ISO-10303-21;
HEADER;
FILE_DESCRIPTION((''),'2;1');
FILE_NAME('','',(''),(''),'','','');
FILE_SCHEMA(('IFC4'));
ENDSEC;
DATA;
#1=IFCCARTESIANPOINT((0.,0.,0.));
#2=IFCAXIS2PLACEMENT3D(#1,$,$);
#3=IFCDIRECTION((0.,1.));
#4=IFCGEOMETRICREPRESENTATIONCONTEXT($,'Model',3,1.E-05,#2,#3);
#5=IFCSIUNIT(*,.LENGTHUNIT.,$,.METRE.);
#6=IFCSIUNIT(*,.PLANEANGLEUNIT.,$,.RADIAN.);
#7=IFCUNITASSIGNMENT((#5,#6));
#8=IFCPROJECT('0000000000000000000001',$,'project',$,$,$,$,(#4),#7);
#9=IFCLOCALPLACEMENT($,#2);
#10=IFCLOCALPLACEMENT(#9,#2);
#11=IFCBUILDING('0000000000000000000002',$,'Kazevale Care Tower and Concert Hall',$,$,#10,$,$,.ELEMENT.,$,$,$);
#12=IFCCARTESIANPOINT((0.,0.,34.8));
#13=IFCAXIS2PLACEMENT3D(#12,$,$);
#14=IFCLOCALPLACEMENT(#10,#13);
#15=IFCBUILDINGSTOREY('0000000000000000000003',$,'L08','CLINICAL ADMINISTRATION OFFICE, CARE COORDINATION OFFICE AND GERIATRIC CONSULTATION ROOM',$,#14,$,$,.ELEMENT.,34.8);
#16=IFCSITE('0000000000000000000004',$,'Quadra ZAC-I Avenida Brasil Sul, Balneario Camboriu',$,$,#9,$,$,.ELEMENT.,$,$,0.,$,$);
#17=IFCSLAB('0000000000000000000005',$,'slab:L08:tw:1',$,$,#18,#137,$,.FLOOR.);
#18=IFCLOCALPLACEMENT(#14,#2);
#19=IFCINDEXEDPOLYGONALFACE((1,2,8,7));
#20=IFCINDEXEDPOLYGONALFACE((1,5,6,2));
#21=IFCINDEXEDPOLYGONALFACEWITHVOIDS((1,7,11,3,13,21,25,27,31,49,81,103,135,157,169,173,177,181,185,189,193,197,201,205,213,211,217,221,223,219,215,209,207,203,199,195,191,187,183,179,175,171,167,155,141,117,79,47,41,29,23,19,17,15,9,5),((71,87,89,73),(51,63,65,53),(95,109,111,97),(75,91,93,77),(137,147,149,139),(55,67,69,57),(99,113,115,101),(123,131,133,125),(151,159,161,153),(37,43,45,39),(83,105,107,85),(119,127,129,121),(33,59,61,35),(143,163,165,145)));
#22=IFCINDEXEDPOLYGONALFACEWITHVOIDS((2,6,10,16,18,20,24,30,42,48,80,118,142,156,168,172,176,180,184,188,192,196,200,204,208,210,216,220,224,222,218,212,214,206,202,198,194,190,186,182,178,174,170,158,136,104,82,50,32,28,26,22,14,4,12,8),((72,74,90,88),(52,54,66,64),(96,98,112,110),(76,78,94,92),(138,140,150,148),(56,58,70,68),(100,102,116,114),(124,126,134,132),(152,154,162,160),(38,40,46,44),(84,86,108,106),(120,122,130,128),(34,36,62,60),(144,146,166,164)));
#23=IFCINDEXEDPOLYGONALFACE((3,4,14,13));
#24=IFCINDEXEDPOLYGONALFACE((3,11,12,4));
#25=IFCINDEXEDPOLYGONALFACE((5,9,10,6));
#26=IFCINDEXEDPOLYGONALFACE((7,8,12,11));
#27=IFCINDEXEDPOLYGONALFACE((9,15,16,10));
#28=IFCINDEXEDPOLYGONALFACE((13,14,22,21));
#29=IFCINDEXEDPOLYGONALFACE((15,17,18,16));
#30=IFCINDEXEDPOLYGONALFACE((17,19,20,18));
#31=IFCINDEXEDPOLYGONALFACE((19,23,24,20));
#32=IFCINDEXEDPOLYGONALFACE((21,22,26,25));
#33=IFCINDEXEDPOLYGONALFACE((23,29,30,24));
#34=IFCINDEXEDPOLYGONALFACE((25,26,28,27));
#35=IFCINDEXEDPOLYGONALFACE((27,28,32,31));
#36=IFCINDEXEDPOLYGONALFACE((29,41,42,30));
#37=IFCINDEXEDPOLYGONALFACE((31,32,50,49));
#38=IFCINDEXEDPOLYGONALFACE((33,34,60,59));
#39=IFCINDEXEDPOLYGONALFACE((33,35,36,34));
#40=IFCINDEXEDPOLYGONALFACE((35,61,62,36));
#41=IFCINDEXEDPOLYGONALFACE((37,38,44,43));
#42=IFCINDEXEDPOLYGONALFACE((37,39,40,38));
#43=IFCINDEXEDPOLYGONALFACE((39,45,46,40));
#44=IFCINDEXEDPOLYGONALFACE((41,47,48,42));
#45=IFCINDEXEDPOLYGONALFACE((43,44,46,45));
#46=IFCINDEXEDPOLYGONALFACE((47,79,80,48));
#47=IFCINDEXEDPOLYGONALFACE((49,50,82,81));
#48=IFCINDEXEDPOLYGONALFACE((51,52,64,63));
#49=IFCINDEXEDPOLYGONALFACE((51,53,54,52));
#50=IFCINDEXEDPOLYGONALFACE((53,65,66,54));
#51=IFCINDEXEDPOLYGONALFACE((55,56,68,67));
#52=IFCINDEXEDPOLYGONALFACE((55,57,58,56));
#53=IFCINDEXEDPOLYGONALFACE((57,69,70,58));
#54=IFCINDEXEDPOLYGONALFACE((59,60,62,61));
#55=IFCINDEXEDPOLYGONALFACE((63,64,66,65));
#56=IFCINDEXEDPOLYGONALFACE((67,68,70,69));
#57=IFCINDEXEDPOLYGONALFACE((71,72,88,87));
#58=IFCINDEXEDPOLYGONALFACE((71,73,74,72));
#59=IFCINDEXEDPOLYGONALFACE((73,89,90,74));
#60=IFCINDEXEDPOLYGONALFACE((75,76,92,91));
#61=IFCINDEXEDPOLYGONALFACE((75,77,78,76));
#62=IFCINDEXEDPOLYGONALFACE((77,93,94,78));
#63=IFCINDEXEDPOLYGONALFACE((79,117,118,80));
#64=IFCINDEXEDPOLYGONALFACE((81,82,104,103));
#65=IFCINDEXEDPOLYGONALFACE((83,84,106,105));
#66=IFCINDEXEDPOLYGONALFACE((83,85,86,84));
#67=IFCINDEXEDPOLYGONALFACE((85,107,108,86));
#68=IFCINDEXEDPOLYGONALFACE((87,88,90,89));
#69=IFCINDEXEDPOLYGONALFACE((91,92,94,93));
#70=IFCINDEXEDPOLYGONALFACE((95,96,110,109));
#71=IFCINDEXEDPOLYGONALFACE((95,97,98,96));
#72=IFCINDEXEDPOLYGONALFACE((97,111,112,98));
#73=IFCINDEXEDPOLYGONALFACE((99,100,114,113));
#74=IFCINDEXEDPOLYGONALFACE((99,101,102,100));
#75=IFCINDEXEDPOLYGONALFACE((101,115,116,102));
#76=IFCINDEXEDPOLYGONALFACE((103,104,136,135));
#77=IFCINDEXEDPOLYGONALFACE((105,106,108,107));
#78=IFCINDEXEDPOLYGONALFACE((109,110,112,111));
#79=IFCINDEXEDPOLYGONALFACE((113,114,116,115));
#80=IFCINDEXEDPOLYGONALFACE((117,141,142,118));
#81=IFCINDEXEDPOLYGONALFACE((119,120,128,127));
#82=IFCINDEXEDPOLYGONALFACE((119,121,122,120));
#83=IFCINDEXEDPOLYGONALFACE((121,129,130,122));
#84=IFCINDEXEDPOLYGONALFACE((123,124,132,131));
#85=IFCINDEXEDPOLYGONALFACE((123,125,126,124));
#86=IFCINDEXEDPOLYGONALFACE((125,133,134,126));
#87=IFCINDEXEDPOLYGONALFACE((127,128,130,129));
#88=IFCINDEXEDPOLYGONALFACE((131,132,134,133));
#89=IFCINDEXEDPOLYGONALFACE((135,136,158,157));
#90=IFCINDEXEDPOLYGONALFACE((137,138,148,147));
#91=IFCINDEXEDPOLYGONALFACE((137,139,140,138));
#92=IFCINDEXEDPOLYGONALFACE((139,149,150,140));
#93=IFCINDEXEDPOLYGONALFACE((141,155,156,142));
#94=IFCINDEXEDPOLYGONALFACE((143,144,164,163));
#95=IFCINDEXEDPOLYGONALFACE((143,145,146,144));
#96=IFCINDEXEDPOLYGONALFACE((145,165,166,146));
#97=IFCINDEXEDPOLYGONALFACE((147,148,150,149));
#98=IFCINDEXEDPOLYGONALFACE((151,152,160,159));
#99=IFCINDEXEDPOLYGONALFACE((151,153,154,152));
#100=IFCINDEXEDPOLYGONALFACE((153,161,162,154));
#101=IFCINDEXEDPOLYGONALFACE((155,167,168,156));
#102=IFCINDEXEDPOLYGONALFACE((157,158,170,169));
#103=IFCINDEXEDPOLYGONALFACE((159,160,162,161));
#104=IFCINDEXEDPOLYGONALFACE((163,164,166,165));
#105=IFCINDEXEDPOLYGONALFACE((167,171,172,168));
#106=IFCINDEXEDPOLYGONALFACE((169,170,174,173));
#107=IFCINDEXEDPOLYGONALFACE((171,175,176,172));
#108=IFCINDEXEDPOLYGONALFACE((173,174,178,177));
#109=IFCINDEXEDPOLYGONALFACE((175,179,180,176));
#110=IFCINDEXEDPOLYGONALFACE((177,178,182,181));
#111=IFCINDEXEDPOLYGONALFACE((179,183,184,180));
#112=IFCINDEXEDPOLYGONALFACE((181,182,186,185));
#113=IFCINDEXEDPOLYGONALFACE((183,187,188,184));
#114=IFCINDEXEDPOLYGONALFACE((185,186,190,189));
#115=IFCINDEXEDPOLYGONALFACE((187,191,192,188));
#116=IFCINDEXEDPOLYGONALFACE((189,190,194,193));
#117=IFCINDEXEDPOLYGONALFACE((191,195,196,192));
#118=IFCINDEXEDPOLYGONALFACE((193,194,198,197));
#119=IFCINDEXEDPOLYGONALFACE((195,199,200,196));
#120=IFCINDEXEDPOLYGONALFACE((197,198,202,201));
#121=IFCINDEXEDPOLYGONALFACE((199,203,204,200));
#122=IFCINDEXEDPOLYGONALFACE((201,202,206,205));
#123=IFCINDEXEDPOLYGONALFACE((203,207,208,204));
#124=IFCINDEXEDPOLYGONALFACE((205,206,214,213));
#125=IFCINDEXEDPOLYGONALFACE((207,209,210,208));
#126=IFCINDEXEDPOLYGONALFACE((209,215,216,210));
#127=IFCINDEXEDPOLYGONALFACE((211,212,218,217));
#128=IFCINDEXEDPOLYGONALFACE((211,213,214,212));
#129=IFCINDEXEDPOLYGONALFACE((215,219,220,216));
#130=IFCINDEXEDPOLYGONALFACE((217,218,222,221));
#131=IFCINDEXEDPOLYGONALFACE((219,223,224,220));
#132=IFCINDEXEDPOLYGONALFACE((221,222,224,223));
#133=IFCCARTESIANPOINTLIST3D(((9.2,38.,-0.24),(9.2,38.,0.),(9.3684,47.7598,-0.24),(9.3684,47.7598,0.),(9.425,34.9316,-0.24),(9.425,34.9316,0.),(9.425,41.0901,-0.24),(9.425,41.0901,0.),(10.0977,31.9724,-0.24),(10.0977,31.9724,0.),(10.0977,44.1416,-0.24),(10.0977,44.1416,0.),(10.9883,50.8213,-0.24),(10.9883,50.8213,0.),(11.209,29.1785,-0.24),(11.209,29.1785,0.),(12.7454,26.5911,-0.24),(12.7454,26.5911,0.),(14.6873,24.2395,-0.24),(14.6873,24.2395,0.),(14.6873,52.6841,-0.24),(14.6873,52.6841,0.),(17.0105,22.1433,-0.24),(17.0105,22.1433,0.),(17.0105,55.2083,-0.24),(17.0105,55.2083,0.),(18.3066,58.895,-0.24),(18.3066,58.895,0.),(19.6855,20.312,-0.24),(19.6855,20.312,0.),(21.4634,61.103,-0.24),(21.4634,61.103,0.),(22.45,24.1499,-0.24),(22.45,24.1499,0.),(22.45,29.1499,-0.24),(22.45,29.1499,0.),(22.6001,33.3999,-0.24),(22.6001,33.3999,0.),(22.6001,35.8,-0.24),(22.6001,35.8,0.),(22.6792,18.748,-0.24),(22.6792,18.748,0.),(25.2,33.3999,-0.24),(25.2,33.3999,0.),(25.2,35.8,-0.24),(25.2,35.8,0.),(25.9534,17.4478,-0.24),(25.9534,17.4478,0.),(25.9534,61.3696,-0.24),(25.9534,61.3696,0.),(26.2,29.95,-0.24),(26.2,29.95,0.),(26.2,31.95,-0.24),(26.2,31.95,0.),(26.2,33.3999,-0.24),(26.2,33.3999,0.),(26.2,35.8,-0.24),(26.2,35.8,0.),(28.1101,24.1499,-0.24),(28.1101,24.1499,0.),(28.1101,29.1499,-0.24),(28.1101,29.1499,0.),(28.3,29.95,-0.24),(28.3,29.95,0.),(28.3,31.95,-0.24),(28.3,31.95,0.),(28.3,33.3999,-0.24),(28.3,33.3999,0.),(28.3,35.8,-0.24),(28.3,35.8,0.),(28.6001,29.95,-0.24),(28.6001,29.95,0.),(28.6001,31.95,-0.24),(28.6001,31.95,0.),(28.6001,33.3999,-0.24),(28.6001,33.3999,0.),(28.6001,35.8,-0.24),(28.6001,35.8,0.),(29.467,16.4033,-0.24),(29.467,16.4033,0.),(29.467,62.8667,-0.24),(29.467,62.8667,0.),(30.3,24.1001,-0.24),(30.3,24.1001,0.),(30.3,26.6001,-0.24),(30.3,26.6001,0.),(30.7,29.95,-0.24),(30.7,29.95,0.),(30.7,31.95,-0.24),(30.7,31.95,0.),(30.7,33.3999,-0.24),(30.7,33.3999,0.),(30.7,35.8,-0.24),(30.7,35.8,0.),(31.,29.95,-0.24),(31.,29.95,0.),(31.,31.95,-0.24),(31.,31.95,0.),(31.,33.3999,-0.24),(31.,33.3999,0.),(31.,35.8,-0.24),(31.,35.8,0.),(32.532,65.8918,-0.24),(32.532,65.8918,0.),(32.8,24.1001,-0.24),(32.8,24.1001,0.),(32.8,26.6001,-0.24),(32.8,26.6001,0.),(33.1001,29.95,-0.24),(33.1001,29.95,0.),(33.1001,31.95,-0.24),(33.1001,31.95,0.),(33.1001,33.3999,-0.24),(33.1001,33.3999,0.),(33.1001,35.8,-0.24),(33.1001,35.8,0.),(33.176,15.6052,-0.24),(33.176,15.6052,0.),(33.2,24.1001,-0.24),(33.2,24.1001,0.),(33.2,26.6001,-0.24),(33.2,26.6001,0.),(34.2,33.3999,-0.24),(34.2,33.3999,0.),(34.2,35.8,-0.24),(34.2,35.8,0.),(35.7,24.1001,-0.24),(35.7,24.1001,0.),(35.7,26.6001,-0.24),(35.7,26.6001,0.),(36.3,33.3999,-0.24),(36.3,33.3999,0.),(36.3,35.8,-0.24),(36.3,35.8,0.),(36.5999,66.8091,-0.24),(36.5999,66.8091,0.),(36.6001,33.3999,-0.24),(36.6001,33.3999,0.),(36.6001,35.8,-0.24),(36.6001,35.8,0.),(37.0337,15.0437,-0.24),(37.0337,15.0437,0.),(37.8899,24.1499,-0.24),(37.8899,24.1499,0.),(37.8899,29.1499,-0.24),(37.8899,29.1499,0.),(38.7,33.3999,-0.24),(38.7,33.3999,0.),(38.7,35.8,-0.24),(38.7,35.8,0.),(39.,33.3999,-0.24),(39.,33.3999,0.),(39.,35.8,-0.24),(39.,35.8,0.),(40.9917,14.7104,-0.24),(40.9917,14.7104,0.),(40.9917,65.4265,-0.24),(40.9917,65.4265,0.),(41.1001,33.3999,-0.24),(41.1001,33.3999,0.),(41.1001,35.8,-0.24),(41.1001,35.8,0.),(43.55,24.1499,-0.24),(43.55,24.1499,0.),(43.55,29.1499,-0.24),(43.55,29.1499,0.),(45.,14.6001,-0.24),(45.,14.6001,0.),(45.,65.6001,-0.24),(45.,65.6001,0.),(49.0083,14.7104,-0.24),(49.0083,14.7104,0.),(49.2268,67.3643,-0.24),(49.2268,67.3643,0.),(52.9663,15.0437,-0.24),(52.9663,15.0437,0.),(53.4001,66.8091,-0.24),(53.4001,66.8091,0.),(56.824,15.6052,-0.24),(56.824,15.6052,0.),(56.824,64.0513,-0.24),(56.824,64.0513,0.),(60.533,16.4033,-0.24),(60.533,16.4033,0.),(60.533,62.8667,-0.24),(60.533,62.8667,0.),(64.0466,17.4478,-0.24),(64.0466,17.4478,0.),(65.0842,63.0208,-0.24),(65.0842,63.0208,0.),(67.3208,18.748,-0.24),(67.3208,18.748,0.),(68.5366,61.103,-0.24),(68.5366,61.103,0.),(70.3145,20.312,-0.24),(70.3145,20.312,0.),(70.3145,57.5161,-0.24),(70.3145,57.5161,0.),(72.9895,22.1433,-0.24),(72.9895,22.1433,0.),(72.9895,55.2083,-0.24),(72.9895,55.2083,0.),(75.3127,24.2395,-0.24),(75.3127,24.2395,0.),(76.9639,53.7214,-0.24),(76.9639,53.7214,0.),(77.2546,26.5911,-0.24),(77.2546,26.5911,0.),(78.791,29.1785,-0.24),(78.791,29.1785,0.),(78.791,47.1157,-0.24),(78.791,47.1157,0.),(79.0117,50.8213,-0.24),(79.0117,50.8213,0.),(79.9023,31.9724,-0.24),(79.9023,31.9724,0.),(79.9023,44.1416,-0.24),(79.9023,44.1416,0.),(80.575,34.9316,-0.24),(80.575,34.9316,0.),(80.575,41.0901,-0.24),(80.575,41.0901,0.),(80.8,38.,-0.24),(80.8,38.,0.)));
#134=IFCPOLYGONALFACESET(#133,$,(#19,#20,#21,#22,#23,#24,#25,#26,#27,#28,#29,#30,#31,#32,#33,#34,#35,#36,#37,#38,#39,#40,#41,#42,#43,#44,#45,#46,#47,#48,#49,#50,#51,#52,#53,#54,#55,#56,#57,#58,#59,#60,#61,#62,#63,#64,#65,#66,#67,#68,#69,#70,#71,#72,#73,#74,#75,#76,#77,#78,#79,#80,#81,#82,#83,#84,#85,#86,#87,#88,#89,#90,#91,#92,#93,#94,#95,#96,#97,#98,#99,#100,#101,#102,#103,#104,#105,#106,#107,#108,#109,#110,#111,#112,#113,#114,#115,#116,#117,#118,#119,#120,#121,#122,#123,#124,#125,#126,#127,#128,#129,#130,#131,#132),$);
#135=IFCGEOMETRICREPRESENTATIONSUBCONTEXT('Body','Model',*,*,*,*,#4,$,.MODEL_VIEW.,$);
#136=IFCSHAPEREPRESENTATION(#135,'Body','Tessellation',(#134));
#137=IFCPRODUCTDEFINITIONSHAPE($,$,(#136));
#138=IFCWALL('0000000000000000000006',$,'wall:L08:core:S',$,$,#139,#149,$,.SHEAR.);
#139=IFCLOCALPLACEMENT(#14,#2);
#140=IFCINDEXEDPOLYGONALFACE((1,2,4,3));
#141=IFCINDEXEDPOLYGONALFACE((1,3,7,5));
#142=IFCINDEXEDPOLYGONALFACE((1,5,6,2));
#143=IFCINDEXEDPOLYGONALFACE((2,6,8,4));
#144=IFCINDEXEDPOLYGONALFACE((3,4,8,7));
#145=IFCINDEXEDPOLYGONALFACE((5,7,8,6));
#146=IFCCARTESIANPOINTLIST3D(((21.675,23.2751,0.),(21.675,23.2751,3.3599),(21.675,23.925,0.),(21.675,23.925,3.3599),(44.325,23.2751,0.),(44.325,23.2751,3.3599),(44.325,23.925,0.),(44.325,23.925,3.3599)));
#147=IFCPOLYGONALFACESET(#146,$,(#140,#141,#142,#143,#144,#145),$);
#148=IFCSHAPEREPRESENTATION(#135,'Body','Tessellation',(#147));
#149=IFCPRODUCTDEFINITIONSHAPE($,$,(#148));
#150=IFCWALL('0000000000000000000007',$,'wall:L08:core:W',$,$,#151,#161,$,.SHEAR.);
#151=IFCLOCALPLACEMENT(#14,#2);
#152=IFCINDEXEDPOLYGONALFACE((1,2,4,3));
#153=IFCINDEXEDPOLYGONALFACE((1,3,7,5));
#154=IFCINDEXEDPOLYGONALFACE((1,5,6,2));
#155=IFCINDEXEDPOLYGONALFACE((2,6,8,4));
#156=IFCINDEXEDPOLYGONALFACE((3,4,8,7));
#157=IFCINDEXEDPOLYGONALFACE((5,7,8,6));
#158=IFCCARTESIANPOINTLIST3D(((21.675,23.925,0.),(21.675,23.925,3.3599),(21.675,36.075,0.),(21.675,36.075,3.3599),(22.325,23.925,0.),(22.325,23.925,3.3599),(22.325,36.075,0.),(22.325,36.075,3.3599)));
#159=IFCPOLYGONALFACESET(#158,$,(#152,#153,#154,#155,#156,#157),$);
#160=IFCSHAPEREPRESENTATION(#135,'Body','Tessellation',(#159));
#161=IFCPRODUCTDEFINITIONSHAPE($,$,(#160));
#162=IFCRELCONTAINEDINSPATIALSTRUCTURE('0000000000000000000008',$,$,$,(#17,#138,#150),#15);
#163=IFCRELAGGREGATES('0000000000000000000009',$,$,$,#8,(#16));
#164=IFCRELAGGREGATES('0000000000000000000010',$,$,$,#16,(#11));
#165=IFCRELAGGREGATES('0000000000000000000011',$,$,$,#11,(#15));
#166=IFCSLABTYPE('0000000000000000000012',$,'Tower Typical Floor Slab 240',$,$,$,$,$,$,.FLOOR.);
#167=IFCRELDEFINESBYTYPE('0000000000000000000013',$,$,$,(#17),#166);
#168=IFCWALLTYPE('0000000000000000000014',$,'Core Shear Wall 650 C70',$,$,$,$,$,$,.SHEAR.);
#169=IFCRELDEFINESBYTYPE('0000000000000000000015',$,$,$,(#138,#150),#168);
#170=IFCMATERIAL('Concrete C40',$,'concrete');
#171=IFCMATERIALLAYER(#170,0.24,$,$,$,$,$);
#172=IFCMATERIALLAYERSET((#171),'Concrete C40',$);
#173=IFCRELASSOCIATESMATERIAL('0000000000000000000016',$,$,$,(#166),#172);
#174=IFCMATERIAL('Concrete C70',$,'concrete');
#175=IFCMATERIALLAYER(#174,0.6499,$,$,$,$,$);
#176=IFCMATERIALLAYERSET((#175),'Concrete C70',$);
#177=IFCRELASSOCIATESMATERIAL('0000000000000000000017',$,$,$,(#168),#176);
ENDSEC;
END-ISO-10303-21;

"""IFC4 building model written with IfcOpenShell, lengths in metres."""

from ifc_helpers import new_model, si_unit, direction, frame, frame_2d, origin, place, context, subcontext, project, spatial, polyline, rectangle, outline, extrude, material, layer, layer_set, type_object, element, save


model = new_model("IFC4")

# Units and contexts
model_context = context("Model", 3, precision=1e-05, world=origin(), true_north=direction((0.0, 1.0)))
body_context = subcontext(model_context, "Body", "Model", "MODEL_VIEW")
ifc_project = project(units=[si_unit("LENGTHUNIT", "METRE"), si_unit("PLANEANGLEUNIT", "RADIAN")], contexts=[model_context])

# Site, building, storey
site_placement = place(None, origin())
site = spatial("IfcSite", under=ifc_project, at=site_placement, Name="Quadra ZAC-I Avenida Brasil Sul, Balneario Camboriu", CompositionType="ELEMENT", RefElevation=0.0)
building_placement = place(site_placement, origin())
building = spatial("IfcBuilding", under=site, at=building_placement, Name="Kazevale Care Tower and Concert Hall", CompositionType="ELEMENT")
storey_placement = place(building_placement, frame((0.0, 0.0, 34.8)))
storey = spatial("IfcBuildingStorey", under=building, at=storey_placement, Name="L08", Description="CLINICAL ADMINISTRATION OFFICE, CARE COORDINATION OFFICE AND GERIATRIC CONSULTATION ROOM", CompositionType="ELEMENT", Elevation=34.8)

# Shared definitions
ifc_material_1 = material(Name="Concrete C70", Category="concrete")

# Shared definitions
ifc_material_2 = material(Name="Concrete C40", Category="concrete")

# Slab
ifc_layer_1 = layer(ifc_material_2, 0.24)
ifc_layer_set_1 = layer_set([ifc_layer_1], Name="Concrete C40")
slab_type_1 = type_object("IfcSlabType", Name="Tower Typical Floor Slab 240", PredefinedType="FLOOR", material=ifc_layer_set_1)
slab_1_placement = place(storey_placement, frame((0.0, 0.0, -0.24)))
element("IfcSlab", 1, at=slab_1_placement, inside=storey, type_object=slab_type_1, Name="slab:L08:tw:1", PredefinedType="FLOOR", context=body_context, shape_type="SweptSolid", body=[
    extrude(outline(polyline([(80.8, 38.0), (80.575, 41.0901), (79.9023, 44.1416), (78.791, 47.1157), (79.0117, 50.8213), (76.9639, 53.7214), (72.9895, 55.2083), (70.3145, 57.5161), (68.5366, 61.103), (65.0842, 63.0208), (60.533, 62.8667), (56.824, 64.0513), (53.4001, 66.8091), (49.2268, 67.3643), (45.0, 65.6001), (40.9917, 65.4265), (36.5999, 66.8091), (32.532, 65.8918), (29.467, 62.8667), (25.9534, 61.3696), (21.4634, 61.103), (18.3066, 58.895), (17.0105, 55.2083), (14.6873, 52.6841), (10.9883, 50.8213), (9.3684, 47.7598), (10.0977, 44.1416), (9.425, 41.0901), (9.2, 38.0), (9.425, 34.9316), (10.0977, 31.9724), (11.209, 29.1785), (12.7454, 26.5911), (14.6873, 24.2395), (17.0105, 22.1433), (19.6855, 20.312), (22.6792, 18.748), (25.9534, 17.4478), (29.467, 16.4033), (33.176, 15.6052), (37.0337, 15.0437), (40.9917, 14.7104), (45.0, 14.6001), (49.0083, 14.7104), (52.9663, 15.0437), (56.824, 15.6052), (60.533, 16.4033), (64.0466, 17.4478), (67.3208, 18.748), (70.3145, 20.312), (72.9895, 22.1433), (75.3127, 24.2395), (77.2546, 26.5911), (78.791, 29.1785), (79.9023, 31.9724), (80.575, 34.9316), (80.8, 38.0)]), holes=[polyline([(22.45, 24.1499), (28.1101, 24.1499), (28.1101, 29.1499), (22.45, 29.1499), (22.45, 24.1499)]), polyline([(37.8899, 24.1499), (43.55, 24.1499), (43.55, 29.1499), (37.8899, 29.1499), (37.8899, 24.1499)]), polyline([(30.3, 24.1001), (32.8, 24.1001), (32.8, 26.6001), (30.3, 26.6001), (30.3, 24.1001)]), polyline([(33.2, 24.1001), (35.7, 24.1001), (35.7, 26.6001), (33.2, 26.6001), (33.2, 24.1001)]), polyline([(22.6001, 33.3999), (25.2, 33.3999), (25.2, 35.8), (22.6001, 35.8), (22.6001, 33.3999)]), polyline([(26.2, 33.3999), (28.3, 33.3999), (28.3, 35.8), (26.2, 35.8), (26.2, 33.3999)]), polyline([(28.6001, 33.3999), (30.7, 33.3999), (30.7, 35.8), (28.6001, 35.8), (28.6001, 33.3999)]), polyline([(31.0, 33.3999), (33.1001, 33.3999), (33.1001, 35.8), (31.0, 35.8), (31.0, 33.3999)]), polyline([(34.2, 33.3999), (36.3, 33.3999), (36.3, 35.8), (34.2, 35.8), (34.2, 33.3999)]), polyline([(36.6001, 33.3999), (38.7, 33.3999), (38.7, 35.8), (36.6001, 35.8), (36.6001, 33.3999)]), polyline([(39.0, 33.3999), (41.1001, 33.3999), (41.1001, 35.8), (39.0, 35.8), (39.0, 33.3999)]), polyline([(26.2, 29.95), (28.3, 29.95), (28.3, 31.95), (26.2, 31.95), (26.2, 29.95)]), polyline([(28.6001, 29.95), (30.7, 29.95), (30.7, 31.95), (28.6001, 31.95), (28.6001, 29.95)]), polyline([(31.0, 29.95), (33.1001, 29.95), (33.1001, 31.95), (31.0, 31.95), (31.0, 29.95)])]), origin(), (0.0, 0.0, 1.0), 0.24),
])

# Walls
ifc_layer_2 = layer(ifc_material_1, 0.6499)
ifc_layer_set_2 = layer_set([ifc_layer_2], Name="Concrete C70")
wall_type_1 = type_object("IfcWallType", Name="Core Shear Wall 650 C70", PredefinedType="SHEAR", material=ifc_layer_set_2)
wall_1_placement = place(storey_placement, frame((21.675, 23.6001, 0.0), z_axis=(0.0, 0.0, 1.0), x_axis=(1.0, 0.0, 0.0)))
element("IfcWall", 2, at=wall_1_placement, inside=storey, type_object=wall_type_1, Name="wall:L08:core:S", PredefinedType="SHEAR", context=body_context, shape_type="SweptSolid", body=[
    extrude(rectangle(XDim=22.6499, YDim=0.6499, at=frame_2d((11.325, 0.0))), origin(), (0.0, 0.0, 1.0), 3.3599),
])
wall_2_placement = place(storey_placement, frame((22.0, 23.925, 0.0), z_axis=(0.0, 0.0, 1.0), x_axis=(0.0, 1.0, 0.0)))
element("IfcWall", 3, at=wall_2_placement, inside=storey, type_object=wall_type_1, Name="wall:L08:core:W", PredefinedType="SHEAR", context=body_context, shape_type="SweptSolid", body=[
    extrude(rectangle(XDim=12.1499, YDim=0.6499, at=frame_2d((6.075, 0.0))), origin(), (0.0, 0.0, 1.0), 3.3599),
])

save(model, "model.ifc")
